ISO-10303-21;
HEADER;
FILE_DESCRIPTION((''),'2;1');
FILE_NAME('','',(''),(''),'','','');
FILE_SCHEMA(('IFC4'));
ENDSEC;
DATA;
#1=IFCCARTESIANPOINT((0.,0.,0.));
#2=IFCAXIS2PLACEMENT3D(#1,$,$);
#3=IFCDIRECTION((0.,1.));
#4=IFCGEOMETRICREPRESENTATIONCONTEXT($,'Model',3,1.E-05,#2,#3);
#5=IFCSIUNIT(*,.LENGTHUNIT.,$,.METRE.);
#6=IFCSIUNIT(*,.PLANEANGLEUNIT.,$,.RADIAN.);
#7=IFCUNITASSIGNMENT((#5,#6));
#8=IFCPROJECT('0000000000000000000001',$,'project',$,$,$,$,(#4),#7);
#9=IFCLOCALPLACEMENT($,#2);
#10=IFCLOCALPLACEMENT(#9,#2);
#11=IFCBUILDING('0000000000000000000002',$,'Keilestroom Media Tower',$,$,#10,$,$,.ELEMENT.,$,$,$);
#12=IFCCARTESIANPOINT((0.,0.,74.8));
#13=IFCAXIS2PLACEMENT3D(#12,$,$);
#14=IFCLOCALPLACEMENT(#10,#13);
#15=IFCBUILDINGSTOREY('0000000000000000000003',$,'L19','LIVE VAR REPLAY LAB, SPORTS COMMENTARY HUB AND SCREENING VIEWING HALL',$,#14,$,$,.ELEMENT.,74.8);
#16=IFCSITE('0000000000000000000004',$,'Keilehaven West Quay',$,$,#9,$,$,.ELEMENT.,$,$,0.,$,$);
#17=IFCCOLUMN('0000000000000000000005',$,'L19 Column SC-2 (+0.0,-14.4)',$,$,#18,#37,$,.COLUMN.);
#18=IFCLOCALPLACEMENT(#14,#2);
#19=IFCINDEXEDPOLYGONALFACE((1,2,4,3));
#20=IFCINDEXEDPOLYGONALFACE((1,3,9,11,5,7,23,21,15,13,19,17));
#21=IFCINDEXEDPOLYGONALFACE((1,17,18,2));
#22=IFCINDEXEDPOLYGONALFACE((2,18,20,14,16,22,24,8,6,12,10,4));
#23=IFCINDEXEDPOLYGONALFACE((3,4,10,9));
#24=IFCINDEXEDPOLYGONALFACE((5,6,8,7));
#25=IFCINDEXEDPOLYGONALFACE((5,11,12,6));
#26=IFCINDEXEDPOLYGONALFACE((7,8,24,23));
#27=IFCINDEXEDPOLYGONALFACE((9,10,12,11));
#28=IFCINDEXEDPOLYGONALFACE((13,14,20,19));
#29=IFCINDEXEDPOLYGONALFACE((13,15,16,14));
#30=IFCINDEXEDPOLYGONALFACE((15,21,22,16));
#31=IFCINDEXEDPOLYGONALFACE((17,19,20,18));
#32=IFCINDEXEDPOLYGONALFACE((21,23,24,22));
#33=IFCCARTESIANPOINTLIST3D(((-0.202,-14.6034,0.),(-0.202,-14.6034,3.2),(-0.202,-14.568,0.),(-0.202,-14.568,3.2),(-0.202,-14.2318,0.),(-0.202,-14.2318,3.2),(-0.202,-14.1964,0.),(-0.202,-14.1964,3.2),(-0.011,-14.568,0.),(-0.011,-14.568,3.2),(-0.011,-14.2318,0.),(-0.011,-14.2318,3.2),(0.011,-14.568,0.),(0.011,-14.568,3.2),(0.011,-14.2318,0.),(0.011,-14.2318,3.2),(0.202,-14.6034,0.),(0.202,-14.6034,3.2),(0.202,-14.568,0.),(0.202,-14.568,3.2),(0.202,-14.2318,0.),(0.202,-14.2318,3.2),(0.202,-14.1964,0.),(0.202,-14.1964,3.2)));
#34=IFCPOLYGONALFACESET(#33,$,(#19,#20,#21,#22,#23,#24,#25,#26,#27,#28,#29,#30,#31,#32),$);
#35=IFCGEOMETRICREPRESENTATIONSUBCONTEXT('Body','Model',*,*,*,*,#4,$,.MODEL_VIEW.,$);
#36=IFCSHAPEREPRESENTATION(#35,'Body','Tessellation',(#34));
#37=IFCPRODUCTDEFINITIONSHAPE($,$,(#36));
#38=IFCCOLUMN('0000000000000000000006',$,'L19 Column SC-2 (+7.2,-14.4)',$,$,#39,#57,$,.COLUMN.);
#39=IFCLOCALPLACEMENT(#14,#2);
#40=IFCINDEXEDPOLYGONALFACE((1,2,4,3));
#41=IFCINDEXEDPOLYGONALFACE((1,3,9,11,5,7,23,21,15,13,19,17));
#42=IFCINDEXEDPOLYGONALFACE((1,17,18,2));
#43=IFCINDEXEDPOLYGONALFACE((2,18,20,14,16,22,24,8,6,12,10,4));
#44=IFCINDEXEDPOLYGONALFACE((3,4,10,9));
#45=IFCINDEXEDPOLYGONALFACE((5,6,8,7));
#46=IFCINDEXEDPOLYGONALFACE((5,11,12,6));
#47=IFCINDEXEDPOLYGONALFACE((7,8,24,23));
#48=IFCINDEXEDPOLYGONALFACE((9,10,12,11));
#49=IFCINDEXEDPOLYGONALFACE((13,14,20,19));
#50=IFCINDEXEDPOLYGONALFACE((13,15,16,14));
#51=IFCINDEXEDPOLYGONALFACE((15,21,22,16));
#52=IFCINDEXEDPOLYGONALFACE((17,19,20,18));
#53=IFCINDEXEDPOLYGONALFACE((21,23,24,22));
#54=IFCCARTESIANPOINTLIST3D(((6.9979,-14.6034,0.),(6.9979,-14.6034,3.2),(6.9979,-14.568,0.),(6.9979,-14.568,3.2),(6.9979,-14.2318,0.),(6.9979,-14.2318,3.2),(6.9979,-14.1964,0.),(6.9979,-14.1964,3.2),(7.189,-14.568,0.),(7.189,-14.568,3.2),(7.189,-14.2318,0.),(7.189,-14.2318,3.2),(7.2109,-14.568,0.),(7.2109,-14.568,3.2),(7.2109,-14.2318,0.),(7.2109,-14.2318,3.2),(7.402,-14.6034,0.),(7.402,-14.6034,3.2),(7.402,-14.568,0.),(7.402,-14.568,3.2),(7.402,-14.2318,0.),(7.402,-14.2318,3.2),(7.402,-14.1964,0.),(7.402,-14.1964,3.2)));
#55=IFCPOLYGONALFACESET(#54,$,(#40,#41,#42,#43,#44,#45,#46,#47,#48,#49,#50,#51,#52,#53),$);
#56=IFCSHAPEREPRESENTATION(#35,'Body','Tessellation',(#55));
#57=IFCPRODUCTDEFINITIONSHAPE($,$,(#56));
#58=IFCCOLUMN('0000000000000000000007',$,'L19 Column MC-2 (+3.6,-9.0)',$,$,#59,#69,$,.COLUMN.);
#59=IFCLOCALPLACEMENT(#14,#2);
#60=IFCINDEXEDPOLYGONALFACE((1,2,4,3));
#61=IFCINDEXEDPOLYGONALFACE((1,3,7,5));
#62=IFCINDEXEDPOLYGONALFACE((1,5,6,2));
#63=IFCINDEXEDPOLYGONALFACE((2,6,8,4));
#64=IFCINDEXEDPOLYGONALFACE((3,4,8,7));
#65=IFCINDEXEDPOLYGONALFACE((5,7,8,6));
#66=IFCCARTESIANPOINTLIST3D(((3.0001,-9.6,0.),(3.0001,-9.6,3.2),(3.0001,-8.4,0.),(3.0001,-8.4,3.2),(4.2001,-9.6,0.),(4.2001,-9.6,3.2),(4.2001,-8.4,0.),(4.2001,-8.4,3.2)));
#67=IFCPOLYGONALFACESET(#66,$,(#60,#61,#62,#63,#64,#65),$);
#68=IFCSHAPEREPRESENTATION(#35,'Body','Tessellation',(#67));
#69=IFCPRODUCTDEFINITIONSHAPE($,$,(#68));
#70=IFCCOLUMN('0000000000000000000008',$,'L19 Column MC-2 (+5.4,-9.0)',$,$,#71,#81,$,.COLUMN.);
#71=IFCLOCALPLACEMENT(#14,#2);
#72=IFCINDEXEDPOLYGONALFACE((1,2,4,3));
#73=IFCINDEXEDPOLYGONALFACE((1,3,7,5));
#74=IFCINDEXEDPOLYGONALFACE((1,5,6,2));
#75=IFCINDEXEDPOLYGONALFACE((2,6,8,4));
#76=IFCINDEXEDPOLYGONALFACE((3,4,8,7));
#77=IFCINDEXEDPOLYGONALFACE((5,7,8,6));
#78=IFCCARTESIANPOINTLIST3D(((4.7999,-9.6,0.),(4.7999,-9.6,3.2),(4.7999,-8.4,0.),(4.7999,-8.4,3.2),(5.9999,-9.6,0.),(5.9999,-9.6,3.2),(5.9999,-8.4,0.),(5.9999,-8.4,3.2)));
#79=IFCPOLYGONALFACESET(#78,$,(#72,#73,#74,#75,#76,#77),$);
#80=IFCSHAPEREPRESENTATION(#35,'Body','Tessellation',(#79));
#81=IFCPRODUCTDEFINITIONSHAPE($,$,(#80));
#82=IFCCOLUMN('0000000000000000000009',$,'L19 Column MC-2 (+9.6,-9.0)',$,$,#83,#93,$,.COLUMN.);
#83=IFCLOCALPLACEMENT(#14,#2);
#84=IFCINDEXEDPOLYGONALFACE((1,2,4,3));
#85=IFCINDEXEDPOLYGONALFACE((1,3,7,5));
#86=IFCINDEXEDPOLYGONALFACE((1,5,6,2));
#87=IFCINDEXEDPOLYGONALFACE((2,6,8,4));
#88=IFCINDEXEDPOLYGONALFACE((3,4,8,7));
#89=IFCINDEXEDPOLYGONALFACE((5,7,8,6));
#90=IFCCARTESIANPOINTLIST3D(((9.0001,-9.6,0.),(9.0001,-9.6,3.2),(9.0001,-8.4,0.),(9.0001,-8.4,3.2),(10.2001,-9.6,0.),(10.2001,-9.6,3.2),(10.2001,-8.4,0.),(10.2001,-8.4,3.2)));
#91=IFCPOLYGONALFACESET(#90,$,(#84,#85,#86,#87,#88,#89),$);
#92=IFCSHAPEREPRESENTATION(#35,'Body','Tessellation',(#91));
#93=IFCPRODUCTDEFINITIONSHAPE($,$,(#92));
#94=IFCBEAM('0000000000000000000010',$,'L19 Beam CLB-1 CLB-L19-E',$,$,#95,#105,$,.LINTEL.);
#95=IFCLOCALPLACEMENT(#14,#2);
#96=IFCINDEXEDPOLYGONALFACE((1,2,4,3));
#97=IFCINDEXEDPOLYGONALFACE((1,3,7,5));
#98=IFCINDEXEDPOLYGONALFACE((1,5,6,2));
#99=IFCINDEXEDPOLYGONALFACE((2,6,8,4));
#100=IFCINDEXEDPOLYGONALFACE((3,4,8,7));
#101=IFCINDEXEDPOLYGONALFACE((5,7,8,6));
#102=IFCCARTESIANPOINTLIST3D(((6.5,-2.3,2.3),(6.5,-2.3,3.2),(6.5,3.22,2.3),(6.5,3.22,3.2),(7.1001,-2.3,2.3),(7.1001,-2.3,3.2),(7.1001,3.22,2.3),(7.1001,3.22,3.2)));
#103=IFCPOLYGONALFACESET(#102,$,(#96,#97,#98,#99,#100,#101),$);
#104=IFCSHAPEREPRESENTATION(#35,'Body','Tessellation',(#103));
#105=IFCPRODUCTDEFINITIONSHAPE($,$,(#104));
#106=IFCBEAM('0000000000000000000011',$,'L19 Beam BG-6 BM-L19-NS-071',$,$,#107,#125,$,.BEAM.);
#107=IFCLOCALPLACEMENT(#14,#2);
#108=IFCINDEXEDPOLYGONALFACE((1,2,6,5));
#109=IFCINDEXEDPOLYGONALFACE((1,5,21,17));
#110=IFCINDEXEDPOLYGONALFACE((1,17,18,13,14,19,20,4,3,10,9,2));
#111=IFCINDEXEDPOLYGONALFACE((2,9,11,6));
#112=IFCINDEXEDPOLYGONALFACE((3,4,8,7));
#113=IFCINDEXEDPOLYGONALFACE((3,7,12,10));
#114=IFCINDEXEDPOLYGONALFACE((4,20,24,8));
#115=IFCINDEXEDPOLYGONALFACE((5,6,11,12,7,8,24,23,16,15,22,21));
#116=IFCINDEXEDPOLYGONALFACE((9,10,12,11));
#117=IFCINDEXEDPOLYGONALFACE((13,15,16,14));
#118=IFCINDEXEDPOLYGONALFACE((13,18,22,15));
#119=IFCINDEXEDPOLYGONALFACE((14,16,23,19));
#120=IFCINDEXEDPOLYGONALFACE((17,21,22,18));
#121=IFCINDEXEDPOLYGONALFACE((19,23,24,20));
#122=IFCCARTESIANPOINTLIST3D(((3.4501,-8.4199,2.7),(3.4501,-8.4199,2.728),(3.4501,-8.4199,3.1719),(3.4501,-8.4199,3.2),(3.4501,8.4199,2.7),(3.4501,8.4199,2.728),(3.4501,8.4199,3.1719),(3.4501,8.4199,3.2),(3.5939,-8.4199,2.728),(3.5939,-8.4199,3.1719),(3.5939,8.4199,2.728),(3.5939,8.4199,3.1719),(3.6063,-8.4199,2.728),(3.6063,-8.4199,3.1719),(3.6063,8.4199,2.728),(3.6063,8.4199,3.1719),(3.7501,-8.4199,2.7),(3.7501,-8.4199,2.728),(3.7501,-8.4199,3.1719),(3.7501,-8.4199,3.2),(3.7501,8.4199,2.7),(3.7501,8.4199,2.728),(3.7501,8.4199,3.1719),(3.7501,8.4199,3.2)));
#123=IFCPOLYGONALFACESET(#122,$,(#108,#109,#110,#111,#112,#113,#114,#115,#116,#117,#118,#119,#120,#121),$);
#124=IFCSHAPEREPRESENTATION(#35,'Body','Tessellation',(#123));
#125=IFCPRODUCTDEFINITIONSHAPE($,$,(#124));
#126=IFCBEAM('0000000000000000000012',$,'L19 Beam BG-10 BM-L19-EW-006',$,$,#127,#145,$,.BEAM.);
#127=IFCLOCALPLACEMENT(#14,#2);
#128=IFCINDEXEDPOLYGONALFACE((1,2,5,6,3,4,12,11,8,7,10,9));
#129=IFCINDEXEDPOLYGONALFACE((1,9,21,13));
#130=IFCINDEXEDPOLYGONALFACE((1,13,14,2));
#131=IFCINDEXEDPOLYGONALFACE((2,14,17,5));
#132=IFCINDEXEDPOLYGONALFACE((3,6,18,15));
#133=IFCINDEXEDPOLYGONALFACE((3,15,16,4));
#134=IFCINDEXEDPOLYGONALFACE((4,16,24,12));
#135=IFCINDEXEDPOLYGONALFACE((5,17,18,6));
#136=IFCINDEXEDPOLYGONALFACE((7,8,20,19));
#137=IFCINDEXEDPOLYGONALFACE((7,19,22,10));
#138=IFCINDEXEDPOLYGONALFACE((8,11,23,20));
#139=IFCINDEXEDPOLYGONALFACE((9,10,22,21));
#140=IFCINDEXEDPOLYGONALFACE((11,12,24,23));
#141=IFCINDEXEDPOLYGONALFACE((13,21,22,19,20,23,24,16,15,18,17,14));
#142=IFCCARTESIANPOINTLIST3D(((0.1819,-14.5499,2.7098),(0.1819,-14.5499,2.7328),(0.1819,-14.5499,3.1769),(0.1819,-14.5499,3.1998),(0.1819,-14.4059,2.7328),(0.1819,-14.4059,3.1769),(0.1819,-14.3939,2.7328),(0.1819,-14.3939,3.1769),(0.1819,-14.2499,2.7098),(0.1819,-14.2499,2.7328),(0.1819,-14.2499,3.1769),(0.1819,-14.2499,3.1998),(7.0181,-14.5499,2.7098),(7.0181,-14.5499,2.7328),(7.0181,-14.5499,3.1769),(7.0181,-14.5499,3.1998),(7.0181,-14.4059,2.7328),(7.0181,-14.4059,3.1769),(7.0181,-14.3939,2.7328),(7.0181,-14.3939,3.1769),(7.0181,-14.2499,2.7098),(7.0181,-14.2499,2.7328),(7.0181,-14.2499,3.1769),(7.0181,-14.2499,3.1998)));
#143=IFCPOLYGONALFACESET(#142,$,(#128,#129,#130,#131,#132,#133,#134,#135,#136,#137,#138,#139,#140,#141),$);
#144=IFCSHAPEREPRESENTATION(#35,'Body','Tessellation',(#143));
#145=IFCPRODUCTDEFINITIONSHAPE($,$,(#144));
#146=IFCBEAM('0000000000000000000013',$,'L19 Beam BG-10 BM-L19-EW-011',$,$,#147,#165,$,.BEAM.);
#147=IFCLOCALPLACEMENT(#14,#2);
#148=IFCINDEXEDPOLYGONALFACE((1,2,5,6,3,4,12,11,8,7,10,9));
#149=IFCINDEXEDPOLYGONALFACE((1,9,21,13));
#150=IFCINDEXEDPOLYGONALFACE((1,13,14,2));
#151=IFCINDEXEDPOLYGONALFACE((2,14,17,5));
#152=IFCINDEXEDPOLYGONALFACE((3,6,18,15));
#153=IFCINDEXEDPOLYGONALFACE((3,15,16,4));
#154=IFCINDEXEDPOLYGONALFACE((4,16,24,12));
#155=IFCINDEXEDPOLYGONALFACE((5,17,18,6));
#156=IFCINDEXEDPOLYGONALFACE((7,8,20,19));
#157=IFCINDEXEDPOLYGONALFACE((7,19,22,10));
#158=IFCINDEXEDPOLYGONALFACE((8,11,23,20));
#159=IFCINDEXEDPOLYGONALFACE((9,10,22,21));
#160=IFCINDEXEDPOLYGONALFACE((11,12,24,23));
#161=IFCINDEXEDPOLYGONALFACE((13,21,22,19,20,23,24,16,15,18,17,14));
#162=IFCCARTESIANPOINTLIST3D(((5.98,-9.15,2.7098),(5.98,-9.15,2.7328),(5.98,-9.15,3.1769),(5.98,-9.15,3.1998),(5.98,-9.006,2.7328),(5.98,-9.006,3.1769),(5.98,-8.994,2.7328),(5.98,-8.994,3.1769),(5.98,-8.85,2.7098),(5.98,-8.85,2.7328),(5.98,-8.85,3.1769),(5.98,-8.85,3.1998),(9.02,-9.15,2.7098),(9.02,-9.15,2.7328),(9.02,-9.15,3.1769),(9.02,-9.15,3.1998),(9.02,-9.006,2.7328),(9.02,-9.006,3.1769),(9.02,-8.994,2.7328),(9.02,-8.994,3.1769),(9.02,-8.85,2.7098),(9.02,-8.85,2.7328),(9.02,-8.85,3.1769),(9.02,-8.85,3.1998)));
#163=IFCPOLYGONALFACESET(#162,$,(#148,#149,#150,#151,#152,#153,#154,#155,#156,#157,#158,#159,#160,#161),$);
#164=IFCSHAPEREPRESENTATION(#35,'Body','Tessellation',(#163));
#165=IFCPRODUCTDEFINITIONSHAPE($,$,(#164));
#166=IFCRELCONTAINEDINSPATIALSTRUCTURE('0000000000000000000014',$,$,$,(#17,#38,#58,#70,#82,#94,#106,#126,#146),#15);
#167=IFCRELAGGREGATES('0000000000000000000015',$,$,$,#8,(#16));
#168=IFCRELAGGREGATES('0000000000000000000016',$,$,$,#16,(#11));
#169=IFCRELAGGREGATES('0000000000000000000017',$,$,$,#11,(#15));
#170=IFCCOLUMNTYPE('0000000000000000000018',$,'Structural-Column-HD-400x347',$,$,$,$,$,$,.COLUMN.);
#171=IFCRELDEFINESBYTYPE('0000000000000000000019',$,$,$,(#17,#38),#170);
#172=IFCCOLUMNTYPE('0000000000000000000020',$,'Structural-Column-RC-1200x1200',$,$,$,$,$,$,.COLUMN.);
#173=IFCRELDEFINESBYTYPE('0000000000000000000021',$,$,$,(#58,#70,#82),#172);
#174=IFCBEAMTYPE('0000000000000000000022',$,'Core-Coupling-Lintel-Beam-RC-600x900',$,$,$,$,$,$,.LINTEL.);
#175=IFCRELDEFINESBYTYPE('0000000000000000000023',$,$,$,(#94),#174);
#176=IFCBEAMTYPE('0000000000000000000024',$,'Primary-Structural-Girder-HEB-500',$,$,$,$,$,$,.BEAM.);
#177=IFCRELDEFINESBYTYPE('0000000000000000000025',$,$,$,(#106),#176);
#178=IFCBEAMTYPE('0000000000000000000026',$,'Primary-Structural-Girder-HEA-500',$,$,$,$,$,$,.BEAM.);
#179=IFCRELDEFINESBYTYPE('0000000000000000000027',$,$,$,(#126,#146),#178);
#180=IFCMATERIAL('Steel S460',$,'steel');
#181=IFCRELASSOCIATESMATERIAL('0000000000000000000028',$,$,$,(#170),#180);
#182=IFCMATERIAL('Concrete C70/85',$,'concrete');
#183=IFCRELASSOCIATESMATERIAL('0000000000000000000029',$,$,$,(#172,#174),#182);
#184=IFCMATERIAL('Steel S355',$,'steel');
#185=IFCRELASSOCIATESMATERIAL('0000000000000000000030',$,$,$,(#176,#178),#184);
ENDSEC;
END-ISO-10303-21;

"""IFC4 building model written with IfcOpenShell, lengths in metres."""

from ifc_helpers import new_model, si_unit, direction, frame, origin, origin_2d, place, context, subcontext, project, spatial, rectangle, i_section, extrude, source, transform, mapped, material, material_profile, profile_set, type_object, element, save


model = new_model("IFC4")

# Units and contexts
model_context = context("Model", 3, precision=1e-05, world=origin(), true_north=direction((0.0, 1.0)))
body_context = subcontext(model_context, "Body", "Model", "MODEL_VIEW")
ifc_project = project(units=[si_unit("LENGTHUNIT", "METRE"), si_unit("PLANEANGLEUNIT", "RADIAN")], contexts=[model_context])

# Site, building, storey
site_placement = place(None, origin())
site = spatial("IfcSite", under=ifc_project, at=site_placement, Name="Keilehaven West Quay", CompositionType="ELEMENT", RefElevation=0.0)
building_placement = place(site_placement, origin())
building = spatial("IfcBuilding", under=site, at=building_placement, Name="Keilestroom Media Tower", CompositionType="ELEMENT")
storey_placement = place(building_placement, frame((0.0, 0.0, 74.8)))
storey = spatial("IfcBuildingStorey", under=building, at=storey_placement, Name="L19", Description="LIVE VAR REPLAY LAB, SPORTS COMMENTARY HUB AND SCREENING VIEWING HALL", CompositionType="ELEMENT", Elevation=74.8)

# Columns
ifc_material_1 = material(Name="Steel S460", Category="steel")
ifc_material_profile_1 = material_profile(ifc_material_1, i_section(OverallWidth=0.4041, OverallDepth=0.407, WebThickness=0.022, FlangeThickness=0.0354, at=origin_2d()), Name="HD 400x347")
ifc_profile_set_1 = profile_set([ifc_material_profile_1], Name="Steel S460")
column_type_1 = type_object("IfcColumnType", Name="Structural-Column-HD-400x347", PredefinedType="COLUMN", material=ifc_profile_set_1)
shared_shape_1 = source(origin(), body_context, "Body", "SweptSolid", [
    extrude(i_section(OverallWidth=0.4041, OverallDepth=0.407, WebThickness=0.022, FlangeThickness=0.0354, at=origin_2d()), origin(), (0.0, 0.0, 1.0), 3.2),
])
for number, where, z_axis, x_axis, name in (
    (1, (0.0, -14.3999, 0.0), (0.0, 0.0, 1.0), (1.0, 0.0, 0.0), "L19 Column SC-2 (+0.0,-14.4)"),
    (2, (7.2, -14.3999, 0.0), (0.0, 0.0, 1.0), (1.0, 0.0, 0.0), "L19 Column SC-2 (+7.2,-14.4)"),
):
    element("IfcColumn", number, at=place(storey_placement, frame(where, z_axis=z_axis, x_axis=x_axis)), inside=storey, type_object=column_type_1, Name=name, PredefinedType="COLUMN", context=body_context, shape_type="MappedRepresentation", body=[
        mapped(shared_shape_1, transform((0.0, 0.0, 0.0), x_axis=(1.0, 0.0, 0.0), y_axis=(0.0, 1.0, 0.0), z_axis=(0.0, 0.0, 1.0), scale=1.0)),
    ])
ifc_material_2 = material(Name="Concrete C70/85", Category="concrete")
ifc_material_profile_2 = material_profile(ifc_material_2, rectangle(XDim=1.2, YDim=1.2, at=origin_2d()), Name="RC 1200x1200")
ifc_profile_set_2 = profile_set([ifc_material_profile_2], Name="Concrete C70/85")
column_type_2 = type_object("IfcColumnType", Name="Structural-Column-RC-1200x1200", PredefinedType="COLUMN", material=ifc_profile_set_2)
shared_shape_2 = source(origin(), body_context, "Body", "SweptSolid", [
    extrude(rectangle(XDim=1.2, YDim=1.2, at=origin_2d()), origin(), (0.0, 0.0, 1.0), 3.2),
])
for number, where, z_axis, x_axis, name in (
    (3, (3.6001, -9.0, 0.0), (0.0, 0.0, 1.0), (1.0, 0.0, 0.0), "L19 Column MC-2 (+3.6,-9.0)"),
    (4, (5.3999, -9.0, 0.0), (0.0, 0.0, 1.0), (1.0, 0.0, 0.0), "L19 Column MC-2 (+5.4,-9.0)"),
    (5, (9.6001, -9.0, 0.0), (0.0, 0.0, 1.0), (1.0, 0.0, 0.0), "L19 Column MC-2 (+9.6,-9.0)"),
):
    element("IfcColumn", number, at=place(storey_placement, frame(where, z_axis=z_axis, x_axis=x_axis)), inside=storey, type_object=column_type_2, Name=name, PredefinedType="COLUMN", context=body_context, shape_type="MappedRepresentation", body=[
        mapped(shared_shape_2, transform((0.0, 0.0, 0.0), x_axis=(1.0, 0.0, 0.0), y_axis=(0.0, 1.0, 0.0), z_axis=(0.0, 0.0, 1.0), scale=1.0)),
    ])

# Beams
ifc_material_profile_3 = material_profile(ifc_material_2, rectangle(XDim=0.6001, YDim=0.8999, at=origin_2d()), Name="RC 600x900")
ifc_profile_set_3 = profile_set([ifc_material_profile_3], Name="Concrete C70/85")
beam_type_1 = type_object("IfcBeamType", Name="Core-Coupling-Lintel-Beam-RC-600x900", PredefinedType="LINTEL", material=ifc_profile_set_3)
shared_shape_3 = source(origin(), body_context, "Body", "SweptSolid", [
    extrude(rectangle(XDim=0.6001, YDim=0.8999, at=origin_2d()), origin(), (0.0, 0.0, 1.0), 5.52),
])
beam_1_placement = place(storey_placement, frame((6.8, -2.3, 2.75), z_axis=(0.0, 1.0, 0.0), x_axis=(-1.0, 0.0, 0.0)))
element("IfcBeam", 6, at=beam_1_placement, inside=storey, type_object=beam_type_1, Name="L19 Beam CLB-1 CLB-L19-E", PredefinedType="LINTEL", context=body_context, shape_type="MappedRepresentation", body=[
    mapped(shared_shape_3, transform((0.0, 0.0, 0.0), x_axis=(1.0, 0.0, 0.0), y_axis=(0.0, 1.0, 0.0), z_axis=(0.0, 0.0, 1.0), scale=1.0)),
])
ifc_material_3 = material(Name="Steel S355", Category="steel")
ifc_material_profile_4 = material_profile(ifc_material_3, i_section(OverallWidth=0.3, OverallDepth=0.5, WebThickness=0.0125, FlangeThickness=0.0281, at=origin_2d()), Name="HEB 500")
ifc_profile_set_4 = profile_set([ifc_material_profile_4], Name="Steel S355")
beam_type_2 = type_object("IfcBeamType", Name="Primary-Structural-Girder-HEB-500", PredefinedType="BEAM", material=ifc_profile_set_4)
shared_shape_4 = source(origin(), body_context, "Body", "SweptSolid", [
    extrude(i_section(OverallWidth=0.3, OverallDepth=0.5, WebThickness=0.0125, FlangeThickness=0.0281, at=origin_2d()), origin(), (0.0, 0.0, 1.0), 16.8398),
])
beam_2_placement = place(storey_placement, frame((3.6001, -8.4199, 2.95), z_axis=(0.0, 1.0, 0.0), x_axis=(-1.0, 0.0, 0.0)))
element("IfcBeam", 7, at=beam_2_placement, inside=storey, type_object=beam_type_2, Name="L19 Beam BG-6 BM-L19-NS-071", PredefinedType="BEAM", context=body_context, shape_type="MappedRepresentation", body=[
    mapped(shared_shape_4, transform((0.0, 0.0, 0.0), x_axis=(1.0, 0.0, 0.0), y_axis=(0.0, 1.0, 0.0), z_axis=(0.0, 0.0, 1.0), scale=1.0)),
])
ifc_material_profile_5 = material_profile(ifc_material_3, i_section(OverallWidth=0.3, OverallDepth=0.49, WebThickness=0.012, FlangeThickness=0.0229, at=origin_2d()), Name="HEA 500")
ifc_profile_set_5 = profile_set([ifc_material_profile_5], Name="Steel S355")
beam_type_3 = type_object("IfcBeamType", Name="Primary-Structural-Girder-HEA-500", PredefinedType="BEAM", material=ifc_profile_set_5)
shared_shape_5 = source(origin(), body_context, "Body", "SweptSolid", [
    extrude(i_section(OverallWidth=0.3, OverallDepth=0.49, WebThickness=0.012, FlangeThickness=0.0229, at=origin_2d()), origin(), (0.0, 0.0, 1.0), 6.8362),
])
beam_3_placement = place(storey_placement, frame((0.1819, -14.3999, 2.9548), z_axis=(1.0, 0.0, 0.0), x_axis=(0.0, 1.0, 0.0)))
element("IfcBeam", 8, at=beam_3_placement, inside=storey, type_object=beam_type_3, Name="L19 Beam BG-10 BM-L19-EW-006", PredefinedType="BEAM", context=body_context, shape_type="MappedRepresentation", body=[
    mapped(shared_shape_5, transform((0.0, 0.0, 0.0), x_axis=(1.0, 0.0, 0.0), y_axis=(0.0, 1.0, 0.0), z_axis=(0.0, 0.0, 1.0), scale=1.0)),
])
shared_shape_6 = source(origin(), body_context, "Body", "SweptSolid", [
    extrude(i_section(OverallWidth=0.3, OverallDepth=0.49, WebThickness=0.012, FlangeThickness=0.0229, at=origin_2d()), origin(), (0.0, 0.0, 1.0), 3.04),
])
beam_4_placement = place(storey_placement, frame((5.98, -9.0, 2.9548), z_axis=(1.0, 0.0, 0.0), x_axis=(0.0, 1.0, 0.0)))
element("IfcBeam", 9, at=beam_4_placement, inside=storey, type_object=beam_type_3, Name="L19 Beam BG-10 BM-L19-EW-011", PredefinedType="BEAM", context=body_context, shape_type="MappedRepresentation", body=[
    mapped(shared_shape_6, transform((0.0, 0.0, 0.0), x_axis=(1.0, 0.0, 0.0), y_axis=(0.0, 1.0, 0.0), z_axis=(0.0, 0.0, 1.0), scale=1.0)),
])

save(model, "model.ifc")
